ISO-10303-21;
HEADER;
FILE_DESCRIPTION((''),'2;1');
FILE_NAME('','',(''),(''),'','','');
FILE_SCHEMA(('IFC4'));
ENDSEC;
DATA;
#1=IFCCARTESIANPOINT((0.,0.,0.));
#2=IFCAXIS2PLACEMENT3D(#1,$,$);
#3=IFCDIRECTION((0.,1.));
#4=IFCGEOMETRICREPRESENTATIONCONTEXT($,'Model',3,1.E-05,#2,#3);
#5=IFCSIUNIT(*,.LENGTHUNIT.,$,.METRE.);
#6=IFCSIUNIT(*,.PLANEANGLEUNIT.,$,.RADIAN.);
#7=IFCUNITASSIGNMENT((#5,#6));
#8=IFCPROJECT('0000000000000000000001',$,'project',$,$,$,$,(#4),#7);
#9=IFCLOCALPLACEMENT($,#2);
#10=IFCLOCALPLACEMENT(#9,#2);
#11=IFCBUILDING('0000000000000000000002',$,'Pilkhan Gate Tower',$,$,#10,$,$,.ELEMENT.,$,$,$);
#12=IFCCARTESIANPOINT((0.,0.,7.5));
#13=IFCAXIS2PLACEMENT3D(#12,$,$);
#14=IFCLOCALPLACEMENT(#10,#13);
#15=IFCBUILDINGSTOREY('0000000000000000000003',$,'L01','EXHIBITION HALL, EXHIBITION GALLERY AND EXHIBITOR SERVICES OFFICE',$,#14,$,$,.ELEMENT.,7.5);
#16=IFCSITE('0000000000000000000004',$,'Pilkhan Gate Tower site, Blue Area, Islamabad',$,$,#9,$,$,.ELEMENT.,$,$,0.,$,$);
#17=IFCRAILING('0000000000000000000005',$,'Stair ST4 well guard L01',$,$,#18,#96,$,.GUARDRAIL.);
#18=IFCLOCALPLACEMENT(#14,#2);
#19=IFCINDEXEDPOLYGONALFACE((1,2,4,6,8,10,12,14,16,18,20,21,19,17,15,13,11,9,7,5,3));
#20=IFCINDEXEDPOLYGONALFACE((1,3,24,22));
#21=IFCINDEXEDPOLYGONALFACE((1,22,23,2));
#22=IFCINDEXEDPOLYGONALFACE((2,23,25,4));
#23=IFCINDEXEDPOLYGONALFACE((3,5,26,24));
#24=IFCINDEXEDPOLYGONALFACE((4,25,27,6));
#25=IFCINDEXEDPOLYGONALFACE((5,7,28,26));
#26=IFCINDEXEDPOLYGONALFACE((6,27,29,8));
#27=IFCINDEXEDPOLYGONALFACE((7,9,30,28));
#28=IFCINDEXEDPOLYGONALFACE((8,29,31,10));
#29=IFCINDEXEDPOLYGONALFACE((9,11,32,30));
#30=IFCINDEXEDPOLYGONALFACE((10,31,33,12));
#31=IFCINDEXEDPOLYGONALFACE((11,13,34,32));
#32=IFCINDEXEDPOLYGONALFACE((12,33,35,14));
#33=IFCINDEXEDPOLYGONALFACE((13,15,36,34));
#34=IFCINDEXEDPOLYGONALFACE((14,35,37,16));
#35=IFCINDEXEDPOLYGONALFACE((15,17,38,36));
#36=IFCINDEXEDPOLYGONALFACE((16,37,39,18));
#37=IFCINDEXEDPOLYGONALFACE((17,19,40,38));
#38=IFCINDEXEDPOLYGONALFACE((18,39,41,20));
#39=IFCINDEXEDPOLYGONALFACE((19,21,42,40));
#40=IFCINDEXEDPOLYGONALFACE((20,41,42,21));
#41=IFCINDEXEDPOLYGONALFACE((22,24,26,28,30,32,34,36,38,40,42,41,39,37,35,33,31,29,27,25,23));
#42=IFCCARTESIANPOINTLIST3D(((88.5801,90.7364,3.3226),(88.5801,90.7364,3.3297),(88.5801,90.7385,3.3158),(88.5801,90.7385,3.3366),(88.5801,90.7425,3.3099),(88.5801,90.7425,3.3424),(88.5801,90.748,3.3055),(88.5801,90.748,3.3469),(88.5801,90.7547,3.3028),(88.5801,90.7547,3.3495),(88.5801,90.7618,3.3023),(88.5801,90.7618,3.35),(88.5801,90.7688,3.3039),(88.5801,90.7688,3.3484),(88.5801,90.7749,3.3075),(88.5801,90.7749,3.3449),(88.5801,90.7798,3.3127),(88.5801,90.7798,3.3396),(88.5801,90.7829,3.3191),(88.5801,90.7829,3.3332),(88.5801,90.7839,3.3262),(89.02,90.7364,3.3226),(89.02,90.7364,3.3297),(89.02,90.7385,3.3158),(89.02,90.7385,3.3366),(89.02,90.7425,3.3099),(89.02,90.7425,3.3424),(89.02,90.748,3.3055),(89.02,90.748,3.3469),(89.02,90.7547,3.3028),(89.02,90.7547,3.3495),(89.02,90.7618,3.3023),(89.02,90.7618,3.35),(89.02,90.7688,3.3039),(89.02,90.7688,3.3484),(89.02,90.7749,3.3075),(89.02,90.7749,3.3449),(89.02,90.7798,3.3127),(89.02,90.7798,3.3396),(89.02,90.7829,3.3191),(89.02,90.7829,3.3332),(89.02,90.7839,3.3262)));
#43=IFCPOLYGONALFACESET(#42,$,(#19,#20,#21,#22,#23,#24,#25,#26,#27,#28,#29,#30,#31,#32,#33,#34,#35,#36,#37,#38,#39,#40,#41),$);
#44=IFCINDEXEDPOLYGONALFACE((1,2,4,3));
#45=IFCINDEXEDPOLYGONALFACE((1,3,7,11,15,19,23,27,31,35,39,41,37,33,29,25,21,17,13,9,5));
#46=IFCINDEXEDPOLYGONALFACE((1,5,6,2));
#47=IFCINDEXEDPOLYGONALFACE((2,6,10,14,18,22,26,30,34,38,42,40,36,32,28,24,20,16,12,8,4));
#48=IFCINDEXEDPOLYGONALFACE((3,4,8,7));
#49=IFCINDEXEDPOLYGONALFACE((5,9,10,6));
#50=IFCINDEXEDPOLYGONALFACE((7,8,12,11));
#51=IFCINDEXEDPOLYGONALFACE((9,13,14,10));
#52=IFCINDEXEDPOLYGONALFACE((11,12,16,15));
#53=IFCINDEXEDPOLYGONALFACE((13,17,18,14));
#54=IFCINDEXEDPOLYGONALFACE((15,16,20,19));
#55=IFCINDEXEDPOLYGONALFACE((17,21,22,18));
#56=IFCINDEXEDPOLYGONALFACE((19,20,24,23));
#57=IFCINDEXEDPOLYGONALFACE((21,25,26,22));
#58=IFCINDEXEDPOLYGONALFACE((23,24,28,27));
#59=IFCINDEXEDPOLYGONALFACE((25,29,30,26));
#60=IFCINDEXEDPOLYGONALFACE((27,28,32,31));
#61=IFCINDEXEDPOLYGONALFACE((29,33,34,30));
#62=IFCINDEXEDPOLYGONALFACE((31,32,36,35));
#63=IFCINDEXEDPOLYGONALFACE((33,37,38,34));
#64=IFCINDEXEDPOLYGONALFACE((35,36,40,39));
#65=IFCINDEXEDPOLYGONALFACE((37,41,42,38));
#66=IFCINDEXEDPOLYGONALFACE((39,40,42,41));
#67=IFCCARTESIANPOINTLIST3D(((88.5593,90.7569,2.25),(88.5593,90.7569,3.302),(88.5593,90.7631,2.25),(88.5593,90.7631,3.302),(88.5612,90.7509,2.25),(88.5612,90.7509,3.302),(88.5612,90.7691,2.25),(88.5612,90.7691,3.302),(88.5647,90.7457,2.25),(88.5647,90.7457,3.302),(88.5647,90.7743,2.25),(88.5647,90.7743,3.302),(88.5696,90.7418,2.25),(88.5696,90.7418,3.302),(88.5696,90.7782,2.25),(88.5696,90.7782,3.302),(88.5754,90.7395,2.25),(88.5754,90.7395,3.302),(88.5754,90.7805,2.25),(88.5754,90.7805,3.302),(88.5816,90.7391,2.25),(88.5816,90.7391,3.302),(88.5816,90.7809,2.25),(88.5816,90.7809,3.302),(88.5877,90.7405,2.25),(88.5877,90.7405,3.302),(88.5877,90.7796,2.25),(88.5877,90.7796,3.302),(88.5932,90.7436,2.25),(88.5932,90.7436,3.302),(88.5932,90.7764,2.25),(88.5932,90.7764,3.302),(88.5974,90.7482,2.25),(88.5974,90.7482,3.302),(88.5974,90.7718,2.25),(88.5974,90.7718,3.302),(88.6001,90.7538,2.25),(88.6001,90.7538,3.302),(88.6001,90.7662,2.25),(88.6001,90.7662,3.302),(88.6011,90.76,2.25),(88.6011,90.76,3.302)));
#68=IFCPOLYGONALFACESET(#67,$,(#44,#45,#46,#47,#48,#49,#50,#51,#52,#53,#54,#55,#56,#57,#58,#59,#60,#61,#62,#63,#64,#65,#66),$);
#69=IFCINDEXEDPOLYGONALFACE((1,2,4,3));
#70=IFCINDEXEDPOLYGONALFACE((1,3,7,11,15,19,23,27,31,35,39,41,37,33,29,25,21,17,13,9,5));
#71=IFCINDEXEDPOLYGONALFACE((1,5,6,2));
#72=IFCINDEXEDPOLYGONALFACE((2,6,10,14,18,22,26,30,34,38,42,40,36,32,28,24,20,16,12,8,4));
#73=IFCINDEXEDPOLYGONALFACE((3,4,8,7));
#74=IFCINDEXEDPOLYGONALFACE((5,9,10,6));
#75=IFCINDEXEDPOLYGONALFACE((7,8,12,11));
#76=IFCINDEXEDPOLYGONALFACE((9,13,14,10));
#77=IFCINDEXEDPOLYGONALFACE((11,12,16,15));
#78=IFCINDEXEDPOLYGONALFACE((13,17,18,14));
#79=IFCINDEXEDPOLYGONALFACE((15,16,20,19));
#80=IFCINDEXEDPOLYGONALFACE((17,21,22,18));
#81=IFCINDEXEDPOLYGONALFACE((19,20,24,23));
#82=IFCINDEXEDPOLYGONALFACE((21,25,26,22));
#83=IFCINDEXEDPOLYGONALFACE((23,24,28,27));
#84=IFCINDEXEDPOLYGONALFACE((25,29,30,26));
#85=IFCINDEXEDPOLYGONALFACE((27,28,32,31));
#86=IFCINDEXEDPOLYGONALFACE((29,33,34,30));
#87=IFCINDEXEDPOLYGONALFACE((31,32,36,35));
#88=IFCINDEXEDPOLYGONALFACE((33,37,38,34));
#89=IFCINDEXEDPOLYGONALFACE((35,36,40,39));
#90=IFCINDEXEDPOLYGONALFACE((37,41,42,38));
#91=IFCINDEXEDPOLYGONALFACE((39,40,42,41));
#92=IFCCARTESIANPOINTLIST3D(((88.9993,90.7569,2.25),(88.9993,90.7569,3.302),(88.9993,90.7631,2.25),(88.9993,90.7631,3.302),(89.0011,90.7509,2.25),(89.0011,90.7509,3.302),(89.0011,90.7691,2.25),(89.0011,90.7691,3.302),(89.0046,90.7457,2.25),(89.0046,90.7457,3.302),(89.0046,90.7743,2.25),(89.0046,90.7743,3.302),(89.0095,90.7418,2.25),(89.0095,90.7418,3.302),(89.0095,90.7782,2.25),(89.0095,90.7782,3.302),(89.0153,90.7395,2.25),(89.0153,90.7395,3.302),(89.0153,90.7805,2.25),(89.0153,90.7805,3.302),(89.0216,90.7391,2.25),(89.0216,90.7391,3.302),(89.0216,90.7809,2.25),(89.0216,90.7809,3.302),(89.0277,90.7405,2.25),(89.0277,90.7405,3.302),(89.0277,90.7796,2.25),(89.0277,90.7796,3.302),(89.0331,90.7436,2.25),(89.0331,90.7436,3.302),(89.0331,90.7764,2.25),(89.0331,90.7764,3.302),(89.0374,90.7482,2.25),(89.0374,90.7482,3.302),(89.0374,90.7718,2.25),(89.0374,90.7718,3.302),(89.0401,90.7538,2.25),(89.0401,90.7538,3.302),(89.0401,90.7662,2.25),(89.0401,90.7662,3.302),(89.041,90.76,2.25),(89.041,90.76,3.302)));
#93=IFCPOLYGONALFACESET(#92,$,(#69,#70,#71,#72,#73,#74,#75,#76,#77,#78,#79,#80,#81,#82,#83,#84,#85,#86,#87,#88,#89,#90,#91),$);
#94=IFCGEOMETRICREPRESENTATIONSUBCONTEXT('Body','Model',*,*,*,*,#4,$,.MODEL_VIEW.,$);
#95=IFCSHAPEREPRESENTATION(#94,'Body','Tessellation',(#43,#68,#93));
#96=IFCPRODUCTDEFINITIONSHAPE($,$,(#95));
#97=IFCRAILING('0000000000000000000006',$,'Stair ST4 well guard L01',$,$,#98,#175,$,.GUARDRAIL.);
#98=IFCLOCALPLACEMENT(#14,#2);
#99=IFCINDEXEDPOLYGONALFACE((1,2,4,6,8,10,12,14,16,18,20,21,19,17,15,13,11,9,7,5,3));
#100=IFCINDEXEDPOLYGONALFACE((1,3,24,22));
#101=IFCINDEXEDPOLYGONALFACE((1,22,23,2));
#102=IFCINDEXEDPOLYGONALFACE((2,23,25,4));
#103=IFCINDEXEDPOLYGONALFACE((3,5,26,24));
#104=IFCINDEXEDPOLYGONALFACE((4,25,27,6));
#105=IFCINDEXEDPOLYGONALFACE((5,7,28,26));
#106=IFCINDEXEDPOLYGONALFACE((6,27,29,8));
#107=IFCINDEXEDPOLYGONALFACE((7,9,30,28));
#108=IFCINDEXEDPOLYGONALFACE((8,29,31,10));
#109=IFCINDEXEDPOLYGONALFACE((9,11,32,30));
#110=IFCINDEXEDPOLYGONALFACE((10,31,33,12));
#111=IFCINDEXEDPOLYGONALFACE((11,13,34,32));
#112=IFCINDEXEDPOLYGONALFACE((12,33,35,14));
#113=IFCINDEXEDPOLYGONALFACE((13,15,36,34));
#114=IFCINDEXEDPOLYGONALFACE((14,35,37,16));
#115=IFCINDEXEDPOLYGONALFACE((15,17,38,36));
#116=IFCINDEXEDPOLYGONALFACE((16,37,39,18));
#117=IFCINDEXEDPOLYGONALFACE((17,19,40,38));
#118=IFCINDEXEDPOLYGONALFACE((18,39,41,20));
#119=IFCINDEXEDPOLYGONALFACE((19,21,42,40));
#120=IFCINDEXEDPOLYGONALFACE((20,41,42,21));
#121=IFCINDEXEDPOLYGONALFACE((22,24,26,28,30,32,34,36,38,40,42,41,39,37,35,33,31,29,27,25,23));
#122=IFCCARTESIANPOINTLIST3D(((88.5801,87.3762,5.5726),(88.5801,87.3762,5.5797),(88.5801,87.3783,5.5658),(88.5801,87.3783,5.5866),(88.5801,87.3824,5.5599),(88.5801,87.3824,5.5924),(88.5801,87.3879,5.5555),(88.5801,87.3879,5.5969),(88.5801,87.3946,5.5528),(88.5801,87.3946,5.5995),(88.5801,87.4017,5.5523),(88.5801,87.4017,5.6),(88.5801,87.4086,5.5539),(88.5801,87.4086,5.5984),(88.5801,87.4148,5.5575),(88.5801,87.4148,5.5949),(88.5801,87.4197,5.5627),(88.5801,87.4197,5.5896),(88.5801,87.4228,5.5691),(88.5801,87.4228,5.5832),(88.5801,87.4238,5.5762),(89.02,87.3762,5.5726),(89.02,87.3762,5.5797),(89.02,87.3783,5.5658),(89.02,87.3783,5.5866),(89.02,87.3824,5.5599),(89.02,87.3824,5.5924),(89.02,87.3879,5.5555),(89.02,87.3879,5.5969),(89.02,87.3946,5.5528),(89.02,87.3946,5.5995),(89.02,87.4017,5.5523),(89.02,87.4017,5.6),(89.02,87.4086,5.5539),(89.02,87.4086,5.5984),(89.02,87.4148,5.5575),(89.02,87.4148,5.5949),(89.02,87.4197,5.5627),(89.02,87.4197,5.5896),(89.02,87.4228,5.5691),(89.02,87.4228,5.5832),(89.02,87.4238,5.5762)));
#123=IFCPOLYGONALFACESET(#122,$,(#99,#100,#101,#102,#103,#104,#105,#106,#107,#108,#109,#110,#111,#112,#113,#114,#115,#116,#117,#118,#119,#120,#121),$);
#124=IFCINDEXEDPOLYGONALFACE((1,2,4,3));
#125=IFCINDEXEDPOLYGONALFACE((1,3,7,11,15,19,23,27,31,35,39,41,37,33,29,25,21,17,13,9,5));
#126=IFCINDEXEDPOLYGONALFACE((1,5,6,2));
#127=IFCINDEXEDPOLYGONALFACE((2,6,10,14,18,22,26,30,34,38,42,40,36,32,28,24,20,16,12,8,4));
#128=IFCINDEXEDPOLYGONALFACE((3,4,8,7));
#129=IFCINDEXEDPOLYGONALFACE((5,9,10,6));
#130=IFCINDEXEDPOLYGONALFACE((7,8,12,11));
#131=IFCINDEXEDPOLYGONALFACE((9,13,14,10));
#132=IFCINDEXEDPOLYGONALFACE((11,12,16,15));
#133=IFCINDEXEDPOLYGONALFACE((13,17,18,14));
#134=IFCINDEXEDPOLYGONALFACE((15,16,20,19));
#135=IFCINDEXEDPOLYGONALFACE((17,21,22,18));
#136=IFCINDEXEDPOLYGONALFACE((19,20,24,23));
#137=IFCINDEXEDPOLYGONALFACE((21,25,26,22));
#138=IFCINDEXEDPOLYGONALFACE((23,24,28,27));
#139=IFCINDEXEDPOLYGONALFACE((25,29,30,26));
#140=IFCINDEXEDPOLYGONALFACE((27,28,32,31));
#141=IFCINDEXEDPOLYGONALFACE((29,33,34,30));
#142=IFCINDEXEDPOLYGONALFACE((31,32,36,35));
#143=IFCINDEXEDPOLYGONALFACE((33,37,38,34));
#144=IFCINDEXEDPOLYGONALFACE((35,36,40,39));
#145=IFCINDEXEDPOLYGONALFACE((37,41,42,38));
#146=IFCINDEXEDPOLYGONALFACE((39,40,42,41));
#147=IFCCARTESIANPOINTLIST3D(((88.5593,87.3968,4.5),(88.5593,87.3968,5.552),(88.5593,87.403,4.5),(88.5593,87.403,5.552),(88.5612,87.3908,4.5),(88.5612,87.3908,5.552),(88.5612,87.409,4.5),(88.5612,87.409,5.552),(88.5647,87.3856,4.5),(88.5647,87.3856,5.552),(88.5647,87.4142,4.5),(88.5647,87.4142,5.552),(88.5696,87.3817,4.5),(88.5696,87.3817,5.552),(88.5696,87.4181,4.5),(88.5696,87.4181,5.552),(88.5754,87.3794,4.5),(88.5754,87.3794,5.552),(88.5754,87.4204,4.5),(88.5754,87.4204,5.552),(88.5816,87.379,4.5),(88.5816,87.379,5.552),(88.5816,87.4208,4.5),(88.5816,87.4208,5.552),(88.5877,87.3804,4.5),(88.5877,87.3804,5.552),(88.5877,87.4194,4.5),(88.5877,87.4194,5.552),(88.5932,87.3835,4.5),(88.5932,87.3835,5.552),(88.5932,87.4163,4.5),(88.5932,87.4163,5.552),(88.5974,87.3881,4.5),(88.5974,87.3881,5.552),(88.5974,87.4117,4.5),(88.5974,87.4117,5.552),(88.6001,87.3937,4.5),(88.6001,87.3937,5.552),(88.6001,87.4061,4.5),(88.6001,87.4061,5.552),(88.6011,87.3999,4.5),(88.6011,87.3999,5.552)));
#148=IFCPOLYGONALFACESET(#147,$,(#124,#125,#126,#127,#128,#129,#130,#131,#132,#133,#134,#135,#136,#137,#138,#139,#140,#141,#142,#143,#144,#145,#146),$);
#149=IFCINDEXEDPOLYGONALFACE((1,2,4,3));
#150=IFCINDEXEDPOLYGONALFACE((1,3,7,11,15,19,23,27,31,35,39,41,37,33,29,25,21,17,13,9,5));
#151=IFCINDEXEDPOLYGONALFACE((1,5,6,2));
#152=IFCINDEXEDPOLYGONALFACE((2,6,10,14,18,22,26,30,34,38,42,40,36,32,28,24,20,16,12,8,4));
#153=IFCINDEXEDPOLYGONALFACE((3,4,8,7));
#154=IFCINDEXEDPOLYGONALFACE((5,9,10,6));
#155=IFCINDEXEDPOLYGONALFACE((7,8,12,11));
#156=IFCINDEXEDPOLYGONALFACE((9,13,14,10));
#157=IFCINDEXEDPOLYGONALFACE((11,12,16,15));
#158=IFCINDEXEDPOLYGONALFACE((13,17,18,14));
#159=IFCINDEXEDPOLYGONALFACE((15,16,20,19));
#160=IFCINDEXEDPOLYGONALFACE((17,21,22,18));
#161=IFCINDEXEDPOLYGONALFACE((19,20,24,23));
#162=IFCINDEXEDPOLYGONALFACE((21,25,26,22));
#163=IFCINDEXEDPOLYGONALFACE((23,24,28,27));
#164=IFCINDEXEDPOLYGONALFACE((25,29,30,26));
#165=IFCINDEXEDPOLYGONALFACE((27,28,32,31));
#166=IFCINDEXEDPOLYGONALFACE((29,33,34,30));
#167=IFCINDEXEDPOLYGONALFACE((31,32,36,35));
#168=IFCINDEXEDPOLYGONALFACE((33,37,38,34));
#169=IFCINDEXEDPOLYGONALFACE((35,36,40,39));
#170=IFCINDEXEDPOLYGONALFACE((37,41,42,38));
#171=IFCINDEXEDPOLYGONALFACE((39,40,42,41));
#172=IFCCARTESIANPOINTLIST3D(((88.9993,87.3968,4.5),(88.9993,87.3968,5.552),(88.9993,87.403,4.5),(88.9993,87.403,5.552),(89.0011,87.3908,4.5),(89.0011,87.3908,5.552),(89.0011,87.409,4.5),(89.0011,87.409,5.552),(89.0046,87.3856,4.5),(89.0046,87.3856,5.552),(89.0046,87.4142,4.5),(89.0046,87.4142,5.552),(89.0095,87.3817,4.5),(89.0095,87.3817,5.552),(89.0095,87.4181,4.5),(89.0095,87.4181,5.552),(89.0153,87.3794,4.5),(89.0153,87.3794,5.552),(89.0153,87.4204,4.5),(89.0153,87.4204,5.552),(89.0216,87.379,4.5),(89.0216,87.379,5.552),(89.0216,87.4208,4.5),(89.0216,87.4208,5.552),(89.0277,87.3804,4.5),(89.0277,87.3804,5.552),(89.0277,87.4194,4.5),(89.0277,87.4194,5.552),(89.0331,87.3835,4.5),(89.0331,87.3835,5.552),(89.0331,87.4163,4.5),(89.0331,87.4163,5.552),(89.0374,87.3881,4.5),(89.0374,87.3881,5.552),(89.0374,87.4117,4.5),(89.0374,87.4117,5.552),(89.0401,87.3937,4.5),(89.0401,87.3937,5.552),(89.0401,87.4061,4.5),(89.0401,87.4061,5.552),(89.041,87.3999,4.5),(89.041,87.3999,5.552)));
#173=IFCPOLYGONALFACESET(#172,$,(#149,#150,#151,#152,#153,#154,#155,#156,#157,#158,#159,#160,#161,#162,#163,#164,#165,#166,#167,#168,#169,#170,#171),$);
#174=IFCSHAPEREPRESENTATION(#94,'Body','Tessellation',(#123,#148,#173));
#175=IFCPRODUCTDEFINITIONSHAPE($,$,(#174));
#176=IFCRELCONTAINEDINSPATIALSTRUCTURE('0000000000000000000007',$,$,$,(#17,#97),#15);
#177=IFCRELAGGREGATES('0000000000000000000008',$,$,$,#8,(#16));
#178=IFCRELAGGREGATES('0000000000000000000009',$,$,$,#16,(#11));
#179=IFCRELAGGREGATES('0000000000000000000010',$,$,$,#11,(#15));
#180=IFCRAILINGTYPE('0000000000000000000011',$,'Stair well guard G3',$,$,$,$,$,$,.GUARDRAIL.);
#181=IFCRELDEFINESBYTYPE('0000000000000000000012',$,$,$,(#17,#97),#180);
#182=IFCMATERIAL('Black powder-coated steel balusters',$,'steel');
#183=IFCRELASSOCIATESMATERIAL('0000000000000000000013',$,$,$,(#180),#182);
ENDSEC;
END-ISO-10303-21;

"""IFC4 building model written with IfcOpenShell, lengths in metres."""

from ifc_helpers import new_model, si_unit, direction, frame, origin, origin_2d, place, context, subcontext, project, spatial, circle, extrude, material, type_object, element, save


model = new_model("IFC4")

# Units and contexts
model_context = context("Model", 3, precision=1e-05, world=origin(), true_north=direction((0.0, 1.0)))
body_context = subcontext(model_context, "Body", "Model", "MODEL_VIEW")
ifc_project = project(units=[si_unit("LENGTHUNIT", "METRE"), si_unit("PLANEANGLEUNIT", "RADIAN")], contexts=[model_context])

# Site, building, storey
site_placement = place(None, origin())
site = spatial("IfcSite", under=ifc_project, at=site_placement, Name="Pilkhan Gate Tower site, Blue Area, Islamabad", CompositionType="ELEMENT", RefElevation=0.0)
building_placement = place(site_placement, origin())
building = spatial("IfcBuilding", under=site, at=building_placement, Name="Pilkhan Gate Tower", CompositionType="ELEMENT")
storey_placement = place(building_placement, frame((0.0, 0.0, 7.5)))
storey = spatial("IfcBuildingStorey", under=building, at=storey_placement, Name="L01", Description="EXHIBITION HALL, EXHIBITION GALLERY AND EXHIBITOR SERVICES OFFICE", CompositionType="ELEMENT", Elevation=7.5)

# Railings
ifc_material_1 = material(Name="Black powder-coated steel balusters", Category="steel")
railing_type_1 = type_object("IfcRailingType", Name="Stair well guard G3", PredefinedType="GUARDRAIL", material=ifc_material_1)
for number, where, name in (
    (1, (88.5801, 90.76, 2.25), "Stair ST4 well guard L01"),
    (2, (88.5801, 87.3999, 4.5), "Stair ST4 well guard L01"),
):
    element("IfcRailing", number, at=place(storey_placement, frame(where)), inside=storey, type_object=railing_type_1, Name=name, PredefinedType="GUARDRAIL", context=body_context, shape_type="SweptSolid", body=[
        extrude(circle(Radius=0.0239, at=origin_2d()), frame((0.0, 0.0, 1.0762), z_axis=(1.0, 0.0, 0.0), x_axis=(0.0, 1.0, 0.0)), (0.0, 0.0, 1.0), 0.4399),
        extrude(circle(Radius=0.021, at=origin_2d()), origin(), (0.0, 0.0, 1.0), 1.052),
        extrude(circle(Radius=0.021, at=origin_2d()), frame((0.4399, 0.0, 0.0)), (0.0, 0.0, 1.0), 1.052),
    ])

save(model, "model.ifc")
